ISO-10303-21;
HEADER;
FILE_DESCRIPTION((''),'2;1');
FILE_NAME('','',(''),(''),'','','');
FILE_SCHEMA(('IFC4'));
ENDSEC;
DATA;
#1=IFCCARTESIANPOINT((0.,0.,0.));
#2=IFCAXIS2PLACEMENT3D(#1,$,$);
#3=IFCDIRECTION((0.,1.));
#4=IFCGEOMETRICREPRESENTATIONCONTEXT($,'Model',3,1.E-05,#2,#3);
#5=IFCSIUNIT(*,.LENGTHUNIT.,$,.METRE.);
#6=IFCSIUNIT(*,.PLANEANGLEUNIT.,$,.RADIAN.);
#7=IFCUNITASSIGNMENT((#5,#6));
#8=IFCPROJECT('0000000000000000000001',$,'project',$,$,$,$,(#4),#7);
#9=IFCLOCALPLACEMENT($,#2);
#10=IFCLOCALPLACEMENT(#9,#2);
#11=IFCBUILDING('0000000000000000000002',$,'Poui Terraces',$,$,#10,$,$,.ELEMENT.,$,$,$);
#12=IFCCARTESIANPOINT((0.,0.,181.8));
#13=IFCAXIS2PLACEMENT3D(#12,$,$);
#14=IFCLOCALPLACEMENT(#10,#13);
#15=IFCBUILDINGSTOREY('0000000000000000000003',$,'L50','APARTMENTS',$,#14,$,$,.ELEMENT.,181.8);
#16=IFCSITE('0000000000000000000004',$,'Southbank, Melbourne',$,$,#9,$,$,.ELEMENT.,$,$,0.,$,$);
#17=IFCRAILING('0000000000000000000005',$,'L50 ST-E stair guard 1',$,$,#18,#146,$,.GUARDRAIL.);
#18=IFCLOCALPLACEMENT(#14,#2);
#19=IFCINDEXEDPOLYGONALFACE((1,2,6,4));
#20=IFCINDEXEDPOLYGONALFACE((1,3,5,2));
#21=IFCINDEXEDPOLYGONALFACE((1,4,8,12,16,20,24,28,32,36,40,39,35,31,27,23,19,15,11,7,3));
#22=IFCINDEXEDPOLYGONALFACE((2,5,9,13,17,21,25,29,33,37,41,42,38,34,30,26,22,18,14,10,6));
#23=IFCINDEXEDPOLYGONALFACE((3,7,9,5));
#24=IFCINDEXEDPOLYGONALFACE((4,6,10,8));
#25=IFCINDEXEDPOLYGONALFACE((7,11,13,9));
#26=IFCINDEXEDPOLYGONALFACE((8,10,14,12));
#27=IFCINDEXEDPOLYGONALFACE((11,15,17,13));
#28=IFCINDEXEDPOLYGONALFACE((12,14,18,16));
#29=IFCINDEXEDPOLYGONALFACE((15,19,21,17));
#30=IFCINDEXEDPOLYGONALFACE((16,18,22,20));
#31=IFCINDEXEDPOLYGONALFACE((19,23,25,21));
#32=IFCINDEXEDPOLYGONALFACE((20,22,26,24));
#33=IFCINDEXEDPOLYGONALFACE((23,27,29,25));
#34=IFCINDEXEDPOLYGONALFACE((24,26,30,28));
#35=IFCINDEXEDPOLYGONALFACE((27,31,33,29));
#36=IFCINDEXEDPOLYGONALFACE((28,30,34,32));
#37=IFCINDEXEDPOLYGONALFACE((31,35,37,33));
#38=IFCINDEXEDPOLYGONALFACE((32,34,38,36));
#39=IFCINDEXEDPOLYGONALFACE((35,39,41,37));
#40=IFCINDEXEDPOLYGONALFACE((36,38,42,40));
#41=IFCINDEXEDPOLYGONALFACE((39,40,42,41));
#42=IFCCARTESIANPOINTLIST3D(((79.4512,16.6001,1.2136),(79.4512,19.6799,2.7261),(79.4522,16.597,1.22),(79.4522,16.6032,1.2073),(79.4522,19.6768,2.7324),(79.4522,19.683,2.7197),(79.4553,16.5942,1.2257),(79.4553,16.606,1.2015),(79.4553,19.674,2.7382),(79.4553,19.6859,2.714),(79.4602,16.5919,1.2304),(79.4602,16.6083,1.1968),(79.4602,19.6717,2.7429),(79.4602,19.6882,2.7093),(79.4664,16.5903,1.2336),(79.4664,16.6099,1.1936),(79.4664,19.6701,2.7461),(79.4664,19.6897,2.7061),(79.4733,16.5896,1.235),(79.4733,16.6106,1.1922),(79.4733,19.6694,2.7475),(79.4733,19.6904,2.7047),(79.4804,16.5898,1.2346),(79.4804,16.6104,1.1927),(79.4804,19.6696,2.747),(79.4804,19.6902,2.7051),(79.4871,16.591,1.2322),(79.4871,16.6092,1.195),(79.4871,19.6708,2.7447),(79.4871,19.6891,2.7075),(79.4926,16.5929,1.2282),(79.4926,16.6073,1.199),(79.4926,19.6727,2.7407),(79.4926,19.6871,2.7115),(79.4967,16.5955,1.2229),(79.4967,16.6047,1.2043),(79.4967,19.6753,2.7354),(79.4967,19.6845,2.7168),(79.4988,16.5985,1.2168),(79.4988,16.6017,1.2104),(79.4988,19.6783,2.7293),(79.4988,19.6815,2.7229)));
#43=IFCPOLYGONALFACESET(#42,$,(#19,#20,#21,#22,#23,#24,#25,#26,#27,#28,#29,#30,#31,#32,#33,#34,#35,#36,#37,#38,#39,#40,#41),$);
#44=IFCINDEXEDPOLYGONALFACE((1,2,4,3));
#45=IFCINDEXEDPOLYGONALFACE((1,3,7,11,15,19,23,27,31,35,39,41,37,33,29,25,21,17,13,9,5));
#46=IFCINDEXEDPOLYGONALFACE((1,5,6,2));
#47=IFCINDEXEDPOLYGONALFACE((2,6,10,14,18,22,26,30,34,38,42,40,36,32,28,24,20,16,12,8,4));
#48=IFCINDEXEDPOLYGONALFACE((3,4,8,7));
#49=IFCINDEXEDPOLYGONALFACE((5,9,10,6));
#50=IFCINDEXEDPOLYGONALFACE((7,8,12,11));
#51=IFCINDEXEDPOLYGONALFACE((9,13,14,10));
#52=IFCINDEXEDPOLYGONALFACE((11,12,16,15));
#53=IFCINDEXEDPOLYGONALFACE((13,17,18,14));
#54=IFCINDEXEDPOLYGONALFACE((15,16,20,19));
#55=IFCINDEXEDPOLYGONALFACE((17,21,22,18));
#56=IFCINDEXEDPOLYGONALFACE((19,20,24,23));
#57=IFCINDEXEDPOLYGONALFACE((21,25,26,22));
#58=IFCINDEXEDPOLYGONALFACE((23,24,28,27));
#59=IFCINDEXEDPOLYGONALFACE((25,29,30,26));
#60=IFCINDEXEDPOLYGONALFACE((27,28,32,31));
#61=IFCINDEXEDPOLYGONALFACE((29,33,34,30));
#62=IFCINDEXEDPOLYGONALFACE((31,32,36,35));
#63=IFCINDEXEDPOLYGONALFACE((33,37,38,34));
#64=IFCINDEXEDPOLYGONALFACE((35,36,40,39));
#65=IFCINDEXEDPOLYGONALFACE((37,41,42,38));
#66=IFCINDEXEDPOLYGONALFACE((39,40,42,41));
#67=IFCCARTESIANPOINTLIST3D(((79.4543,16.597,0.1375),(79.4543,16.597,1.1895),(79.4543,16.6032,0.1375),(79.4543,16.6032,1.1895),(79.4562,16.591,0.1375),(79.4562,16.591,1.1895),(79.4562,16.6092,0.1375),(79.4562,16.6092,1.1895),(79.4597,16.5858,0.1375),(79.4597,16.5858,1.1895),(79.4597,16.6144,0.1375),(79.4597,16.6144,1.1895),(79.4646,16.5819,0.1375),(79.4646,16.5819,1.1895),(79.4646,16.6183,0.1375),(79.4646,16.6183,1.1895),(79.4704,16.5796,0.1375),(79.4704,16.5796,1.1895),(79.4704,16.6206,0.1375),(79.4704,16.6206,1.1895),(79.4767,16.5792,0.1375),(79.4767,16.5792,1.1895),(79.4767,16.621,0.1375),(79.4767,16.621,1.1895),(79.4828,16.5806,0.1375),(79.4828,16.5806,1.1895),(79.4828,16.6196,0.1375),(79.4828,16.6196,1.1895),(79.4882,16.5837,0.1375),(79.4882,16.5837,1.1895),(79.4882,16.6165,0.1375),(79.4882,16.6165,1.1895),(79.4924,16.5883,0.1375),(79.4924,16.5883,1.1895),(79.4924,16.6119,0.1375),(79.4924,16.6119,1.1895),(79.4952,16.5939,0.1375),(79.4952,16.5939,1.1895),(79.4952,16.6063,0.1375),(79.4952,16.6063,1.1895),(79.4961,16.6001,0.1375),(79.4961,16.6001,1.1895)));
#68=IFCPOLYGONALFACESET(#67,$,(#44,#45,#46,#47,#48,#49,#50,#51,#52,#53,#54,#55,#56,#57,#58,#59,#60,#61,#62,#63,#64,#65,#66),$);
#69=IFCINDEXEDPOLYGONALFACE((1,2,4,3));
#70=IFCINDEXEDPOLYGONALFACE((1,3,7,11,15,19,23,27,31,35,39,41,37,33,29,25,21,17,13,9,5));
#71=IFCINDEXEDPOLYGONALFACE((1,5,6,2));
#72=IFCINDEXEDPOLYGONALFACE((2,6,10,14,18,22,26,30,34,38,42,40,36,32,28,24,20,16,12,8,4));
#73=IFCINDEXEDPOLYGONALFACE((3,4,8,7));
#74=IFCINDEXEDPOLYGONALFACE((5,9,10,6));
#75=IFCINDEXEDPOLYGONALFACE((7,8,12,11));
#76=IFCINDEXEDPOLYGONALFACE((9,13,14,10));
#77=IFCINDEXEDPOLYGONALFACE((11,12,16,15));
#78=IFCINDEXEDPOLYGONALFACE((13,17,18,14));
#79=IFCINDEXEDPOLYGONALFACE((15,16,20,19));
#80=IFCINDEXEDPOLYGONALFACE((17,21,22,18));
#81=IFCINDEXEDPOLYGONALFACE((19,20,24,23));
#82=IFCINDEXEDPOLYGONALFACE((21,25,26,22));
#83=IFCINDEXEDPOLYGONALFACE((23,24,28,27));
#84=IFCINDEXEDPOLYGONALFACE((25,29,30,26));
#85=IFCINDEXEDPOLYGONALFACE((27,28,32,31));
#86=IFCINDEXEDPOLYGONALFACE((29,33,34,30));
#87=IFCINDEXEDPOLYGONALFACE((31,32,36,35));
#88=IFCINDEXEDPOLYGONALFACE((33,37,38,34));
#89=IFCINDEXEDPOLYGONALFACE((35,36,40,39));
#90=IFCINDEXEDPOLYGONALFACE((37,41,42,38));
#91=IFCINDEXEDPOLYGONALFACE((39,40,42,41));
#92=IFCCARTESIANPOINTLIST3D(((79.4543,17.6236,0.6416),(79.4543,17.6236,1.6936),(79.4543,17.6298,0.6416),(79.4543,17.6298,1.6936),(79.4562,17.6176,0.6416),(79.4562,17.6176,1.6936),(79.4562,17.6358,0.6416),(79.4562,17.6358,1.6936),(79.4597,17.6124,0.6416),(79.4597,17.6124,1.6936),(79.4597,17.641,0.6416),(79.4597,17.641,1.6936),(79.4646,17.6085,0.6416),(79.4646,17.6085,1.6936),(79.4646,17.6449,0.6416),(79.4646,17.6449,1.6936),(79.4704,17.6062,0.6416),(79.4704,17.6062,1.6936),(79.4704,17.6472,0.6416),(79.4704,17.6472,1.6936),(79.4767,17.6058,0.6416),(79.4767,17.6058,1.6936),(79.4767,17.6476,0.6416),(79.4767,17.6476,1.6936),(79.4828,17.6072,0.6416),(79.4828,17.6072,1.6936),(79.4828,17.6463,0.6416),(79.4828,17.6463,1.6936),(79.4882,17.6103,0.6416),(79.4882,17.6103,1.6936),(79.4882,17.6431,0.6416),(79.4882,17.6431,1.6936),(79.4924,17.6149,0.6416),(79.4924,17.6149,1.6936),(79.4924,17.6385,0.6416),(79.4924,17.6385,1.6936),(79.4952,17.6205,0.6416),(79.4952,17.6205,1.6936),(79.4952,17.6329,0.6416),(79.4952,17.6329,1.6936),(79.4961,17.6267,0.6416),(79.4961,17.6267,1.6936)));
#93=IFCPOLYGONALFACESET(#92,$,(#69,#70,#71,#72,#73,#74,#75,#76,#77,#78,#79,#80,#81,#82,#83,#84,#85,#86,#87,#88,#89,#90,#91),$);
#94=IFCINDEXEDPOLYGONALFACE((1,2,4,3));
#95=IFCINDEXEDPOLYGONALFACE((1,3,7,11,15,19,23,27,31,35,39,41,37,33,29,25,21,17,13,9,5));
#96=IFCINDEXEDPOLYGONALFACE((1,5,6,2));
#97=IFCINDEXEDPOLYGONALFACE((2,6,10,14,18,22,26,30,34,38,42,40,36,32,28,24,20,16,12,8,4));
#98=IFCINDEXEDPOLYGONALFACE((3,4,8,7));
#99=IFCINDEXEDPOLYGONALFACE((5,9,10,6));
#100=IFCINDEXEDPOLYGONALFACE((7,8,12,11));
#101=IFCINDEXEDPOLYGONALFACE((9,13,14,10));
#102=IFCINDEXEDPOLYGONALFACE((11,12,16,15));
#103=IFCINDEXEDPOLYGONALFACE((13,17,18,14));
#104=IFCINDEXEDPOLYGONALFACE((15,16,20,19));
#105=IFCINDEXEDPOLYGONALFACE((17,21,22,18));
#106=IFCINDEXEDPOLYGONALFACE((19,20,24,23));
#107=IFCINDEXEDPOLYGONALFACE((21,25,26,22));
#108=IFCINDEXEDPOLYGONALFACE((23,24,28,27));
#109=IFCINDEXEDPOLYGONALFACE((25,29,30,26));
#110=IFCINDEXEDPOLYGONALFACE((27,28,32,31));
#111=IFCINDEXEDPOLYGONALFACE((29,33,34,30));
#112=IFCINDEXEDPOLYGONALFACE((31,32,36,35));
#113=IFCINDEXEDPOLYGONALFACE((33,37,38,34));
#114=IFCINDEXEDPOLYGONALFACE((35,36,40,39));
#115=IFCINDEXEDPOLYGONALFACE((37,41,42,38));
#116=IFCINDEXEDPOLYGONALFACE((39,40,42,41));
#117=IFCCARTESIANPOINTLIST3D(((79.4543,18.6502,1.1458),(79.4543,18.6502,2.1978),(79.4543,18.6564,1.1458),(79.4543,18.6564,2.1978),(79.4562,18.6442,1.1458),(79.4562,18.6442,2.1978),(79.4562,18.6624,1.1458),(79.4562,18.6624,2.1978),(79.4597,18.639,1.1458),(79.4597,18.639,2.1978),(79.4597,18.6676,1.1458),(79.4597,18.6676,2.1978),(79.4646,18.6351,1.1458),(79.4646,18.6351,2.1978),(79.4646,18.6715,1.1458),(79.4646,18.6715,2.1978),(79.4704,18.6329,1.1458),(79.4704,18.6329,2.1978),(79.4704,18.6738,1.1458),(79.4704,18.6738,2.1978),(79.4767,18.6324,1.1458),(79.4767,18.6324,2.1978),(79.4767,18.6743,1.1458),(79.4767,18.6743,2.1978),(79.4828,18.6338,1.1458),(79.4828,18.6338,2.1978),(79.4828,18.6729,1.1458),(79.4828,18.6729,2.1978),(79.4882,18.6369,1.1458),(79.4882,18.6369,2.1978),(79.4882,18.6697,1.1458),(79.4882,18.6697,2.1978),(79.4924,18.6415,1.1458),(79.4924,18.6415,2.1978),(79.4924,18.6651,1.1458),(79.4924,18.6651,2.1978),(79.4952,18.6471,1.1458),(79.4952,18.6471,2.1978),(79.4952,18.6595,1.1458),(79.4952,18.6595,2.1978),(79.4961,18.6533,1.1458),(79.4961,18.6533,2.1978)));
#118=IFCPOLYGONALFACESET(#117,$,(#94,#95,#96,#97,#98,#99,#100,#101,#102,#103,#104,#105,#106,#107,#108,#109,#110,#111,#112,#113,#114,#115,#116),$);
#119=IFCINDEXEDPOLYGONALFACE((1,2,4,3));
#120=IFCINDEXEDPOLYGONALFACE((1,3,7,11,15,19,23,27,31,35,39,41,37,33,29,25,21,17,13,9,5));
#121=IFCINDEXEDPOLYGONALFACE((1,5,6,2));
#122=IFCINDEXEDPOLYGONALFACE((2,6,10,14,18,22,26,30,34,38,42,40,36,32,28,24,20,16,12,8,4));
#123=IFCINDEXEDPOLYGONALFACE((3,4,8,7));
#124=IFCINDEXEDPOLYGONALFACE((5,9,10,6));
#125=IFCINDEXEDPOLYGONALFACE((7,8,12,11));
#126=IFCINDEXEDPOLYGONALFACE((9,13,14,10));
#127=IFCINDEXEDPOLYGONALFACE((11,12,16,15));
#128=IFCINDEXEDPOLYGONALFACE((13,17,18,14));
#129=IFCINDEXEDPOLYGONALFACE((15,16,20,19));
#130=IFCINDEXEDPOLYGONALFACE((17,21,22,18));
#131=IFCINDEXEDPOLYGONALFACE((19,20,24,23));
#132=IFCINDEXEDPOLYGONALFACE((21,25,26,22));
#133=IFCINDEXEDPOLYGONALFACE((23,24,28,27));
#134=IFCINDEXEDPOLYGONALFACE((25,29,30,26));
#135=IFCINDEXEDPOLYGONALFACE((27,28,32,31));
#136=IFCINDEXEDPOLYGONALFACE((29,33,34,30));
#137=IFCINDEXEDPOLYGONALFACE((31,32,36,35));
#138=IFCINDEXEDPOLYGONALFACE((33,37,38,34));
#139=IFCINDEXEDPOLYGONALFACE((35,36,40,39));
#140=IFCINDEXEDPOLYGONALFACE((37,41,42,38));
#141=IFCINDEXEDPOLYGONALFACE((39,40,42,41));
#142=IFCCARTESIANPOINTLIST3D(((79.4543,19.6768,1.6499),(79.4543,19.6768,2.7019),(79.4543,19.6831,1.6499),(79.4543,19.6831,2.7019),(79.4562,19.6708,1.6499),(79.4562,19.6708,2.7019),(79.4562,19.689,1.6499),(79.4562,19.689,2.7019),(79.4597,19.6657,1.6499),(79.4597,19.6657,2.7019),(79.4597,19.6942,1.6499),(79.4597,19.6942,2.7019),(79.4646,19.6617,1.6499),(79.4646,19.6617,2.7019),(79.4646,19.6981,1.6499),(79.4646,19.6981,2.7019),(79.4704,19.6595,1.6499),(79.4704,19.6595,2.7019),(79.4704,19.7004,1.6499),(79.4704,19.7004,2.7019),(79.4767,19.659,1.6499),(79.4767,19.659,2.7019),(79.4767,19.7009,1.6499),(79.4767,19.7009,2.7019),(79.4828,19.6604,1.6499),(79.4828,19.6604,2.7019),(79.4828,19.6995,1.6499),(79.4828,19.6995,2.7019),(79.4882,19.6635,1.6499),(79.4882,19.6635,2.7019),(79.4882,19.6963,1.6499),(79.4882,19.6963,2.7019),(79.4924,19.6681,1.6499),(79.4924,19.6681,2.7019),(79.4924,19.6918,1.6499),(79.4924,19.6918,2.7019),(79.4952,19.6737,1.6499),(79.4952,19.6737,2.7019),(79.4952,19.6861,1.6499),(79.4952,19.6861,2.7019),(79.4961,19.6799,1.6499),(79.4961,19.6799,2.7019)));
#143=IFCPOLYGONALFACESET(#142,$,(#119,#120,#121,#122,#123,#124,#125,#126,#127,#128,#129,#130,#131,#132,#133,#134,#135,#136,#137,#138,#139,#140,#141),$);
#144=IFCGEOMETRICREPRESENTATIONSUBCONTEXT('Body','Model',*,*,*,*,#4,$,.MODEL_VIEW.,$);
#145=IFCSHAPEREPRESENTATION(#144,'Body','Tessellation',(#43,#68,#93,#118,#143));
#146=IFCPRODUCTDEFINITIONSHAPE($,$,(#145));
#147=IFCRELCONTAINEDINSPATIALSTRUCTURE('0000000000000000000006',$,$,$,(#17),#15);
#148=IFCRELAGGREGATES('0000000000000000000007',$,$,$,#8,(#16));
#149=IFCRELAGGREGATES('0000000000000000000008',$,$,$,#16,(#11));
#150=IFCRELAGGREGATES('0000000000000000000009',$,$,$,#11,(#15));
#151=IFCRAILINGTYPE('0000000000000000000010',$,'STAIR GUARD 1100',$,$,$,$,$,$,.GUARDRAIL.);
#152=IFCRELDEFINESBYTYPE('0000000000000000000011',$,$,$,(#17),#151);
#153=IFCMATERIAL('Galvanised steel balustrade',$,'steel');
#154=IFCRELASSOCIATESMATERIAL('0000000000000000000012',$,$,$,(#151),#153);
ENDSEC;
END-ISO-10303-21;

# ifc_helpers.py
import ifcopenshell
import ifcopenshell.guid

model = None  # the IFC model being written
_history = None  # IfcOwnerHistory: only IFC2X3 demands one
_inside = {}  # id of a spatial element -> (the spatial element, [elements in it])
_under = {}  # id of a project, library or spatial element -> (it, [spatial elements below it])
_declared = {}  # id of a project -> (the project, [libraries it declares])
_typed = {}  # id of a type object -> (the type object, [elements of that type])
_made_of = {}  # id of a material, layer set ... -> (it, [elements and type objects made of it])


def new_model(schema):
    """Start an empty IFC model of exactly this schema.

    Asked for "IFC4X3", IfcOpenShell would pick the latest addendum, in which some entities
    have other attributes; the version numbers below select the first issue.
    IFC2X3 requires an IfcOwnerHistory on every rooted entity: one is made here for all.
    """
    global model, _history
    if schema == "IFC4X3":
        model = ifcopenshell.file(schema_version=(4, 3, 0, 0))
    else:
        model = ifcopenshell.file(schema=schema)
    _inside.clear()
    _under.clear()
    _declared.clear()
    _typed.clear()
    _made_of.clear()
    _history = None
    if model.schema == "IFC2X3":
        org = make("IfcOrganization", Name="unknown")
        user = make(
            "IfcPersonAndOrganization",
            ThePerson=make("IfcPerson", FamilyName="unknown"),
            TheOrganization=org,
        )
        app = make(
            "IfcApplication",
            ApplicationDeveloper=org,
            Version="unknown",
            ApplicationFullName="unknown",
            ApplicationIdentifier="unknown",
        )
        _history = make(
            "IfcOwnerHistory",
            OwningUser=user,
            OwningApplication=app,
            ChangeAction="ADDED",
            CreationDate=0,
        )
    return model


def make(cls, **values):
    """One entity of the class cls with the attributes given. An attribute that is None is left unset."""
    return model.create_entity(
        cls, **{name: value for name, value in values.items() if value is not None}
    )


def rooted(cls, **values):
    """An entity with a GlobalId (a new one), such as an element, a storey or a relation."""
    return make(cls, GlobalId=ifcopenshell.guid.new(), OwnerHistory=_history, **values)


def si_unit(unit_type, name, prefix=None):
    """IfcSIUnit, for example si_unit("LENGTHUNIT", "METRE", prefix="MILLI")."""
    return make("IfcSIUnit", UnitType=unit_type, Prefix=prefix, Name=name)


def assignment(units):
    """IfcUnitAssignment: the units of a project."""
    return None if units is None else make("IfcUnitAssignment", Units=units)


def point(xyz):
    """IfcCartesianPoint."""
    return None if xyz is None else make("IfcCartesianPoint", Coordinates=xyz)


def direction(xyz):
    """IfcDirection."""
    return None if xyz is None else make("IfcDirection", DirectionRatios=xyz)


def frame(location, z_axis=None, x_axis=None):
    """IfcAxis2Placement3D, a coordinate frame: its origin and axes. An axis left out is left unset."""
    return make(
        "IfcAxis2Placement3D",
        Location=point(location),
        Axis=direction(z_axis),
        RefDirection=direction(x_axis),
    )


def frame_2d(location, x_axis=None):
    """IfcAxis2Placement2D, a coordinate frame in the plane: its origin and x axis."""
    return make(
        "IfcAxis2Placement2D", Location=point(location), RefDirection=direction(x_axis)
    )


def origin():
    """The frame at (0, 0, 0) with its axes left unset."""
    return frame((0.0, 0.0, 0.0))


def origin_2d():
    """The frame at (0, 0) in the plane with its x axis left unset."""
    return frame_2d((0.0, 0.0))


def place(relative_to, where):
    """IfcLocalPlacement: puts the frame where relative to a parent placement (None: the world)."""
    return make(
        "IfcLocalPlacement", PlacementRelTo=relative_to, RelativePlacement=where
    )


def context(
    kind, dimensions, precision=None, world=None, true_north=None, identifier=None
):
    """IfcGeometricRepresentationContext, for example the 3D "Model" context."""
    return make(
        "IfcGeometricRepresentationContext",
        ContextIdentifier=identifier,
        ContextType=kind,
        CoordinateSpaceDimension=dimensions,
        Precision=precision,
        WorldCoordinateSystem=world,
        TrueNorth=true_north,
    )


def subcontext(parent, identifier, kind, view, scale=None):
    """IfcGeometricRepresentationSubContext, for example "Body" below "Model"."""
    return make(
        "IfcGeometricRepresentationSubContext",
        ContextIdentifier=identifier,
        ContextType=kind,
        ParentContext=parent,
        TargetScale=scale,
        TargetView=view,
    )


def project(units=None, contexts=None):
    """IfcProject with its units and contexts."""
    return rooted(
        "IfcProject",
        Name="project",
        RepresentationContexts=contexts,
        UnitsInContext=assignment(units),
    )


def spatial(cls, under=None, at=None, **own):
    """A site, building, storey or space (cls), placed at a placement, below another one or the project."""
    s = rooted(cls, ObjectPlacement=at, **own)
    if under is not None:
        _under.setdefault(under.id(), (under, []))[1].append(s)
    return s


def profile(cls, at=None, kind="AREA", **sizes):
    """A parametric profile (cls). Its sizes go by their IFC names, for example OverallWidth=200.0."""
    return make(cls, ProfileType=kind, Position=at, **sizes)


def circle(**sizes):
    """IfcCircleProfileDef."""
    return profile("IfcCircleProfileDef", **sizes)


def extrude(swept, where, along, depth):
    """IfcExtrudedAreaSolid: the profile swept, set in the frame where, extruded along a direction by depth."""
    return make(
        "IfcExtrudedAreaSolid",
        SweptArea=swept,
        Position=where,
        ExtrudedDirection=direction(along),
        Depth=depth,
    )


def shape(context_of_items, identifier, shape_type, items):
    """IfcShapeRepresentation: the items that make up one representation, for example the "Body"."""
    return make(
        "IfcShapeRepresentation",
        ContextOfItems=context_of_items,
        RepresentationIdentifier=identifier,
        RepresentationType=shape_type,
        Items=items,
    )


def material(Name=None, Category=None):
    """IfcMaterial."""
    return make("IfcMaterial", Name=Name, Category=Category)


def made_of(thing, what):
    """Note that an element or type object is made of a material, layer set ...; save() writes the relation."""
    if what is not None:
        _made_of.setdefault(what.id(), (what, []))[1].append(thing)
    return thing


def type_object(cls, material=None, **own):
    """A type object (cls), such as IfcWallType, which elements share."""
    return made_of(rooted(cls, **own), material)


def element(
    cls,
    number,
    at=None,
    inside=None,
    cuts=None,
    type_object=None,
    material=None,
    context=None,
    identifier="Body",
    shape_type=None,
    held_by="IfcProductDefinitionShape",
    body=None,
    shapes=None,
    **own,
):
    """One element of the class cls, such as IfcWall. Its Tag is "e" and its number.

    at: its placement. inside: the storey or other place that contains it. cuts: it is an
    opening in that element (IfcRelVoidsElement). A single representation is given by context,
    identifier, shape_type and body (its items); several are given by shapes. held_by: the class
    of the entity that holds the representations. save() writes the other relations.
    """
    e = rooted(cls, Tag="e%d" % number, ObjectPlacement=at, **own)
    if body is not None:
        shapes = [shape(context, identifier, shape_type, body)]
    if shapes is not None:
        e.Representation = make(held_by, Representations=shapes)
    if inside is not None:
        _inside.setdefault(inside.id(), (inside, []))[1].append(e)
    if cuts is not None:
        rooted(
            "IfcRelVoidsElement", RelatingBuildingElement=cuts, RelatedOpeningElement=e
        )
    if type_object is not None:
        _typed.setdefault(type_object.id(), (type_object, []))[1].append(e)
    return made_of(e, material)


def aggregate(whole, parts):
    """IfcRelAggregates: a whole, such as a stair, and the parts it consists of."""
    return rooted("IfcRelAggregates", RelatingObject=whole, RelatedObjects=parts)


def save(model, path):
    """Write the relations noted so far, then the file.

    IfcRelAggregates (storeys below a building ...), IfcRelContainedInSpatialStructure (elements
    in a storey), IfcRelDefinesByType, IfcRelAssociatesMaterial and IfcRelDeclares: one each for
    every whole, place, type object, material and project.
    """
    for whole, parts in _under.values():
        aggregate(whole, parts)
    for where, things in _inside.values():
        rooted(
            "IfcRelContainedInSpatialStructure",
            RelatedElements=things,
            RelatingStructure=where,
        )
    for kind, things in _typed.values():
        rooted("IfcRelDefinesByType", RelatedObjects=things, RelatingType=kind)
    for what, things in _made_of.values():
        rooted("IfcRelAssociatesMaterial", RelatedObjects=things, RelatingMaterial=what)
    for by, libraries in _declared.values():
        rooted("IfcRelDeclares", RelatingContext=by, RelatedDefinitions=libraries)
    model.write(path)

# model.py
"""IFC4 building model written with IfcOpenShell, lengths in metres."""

from ifc_helpers import new_model, si_unit, direction, frame, origin, origin_2d, place, context, subcontext, project, spatial, circle, extrude, material, type_object, element, save


model = new_model("IFC4")

# Units and contexts
model_context = context("Model", 3, precision=1e-05, world=origin(), true_north=direction((0.0, 1.0)))
body_context = subcontext(model_context, "Body", "Model", "MODEL_VIEW")
ifc_project = project(units=[si_unit("LENGTHUNIT", "METRE"), si_unit("PLANEANGLEUNIT", "RADIAN")], contexts=[model_context])

# Site, building, storey
site_placement = place(None, origin())
site = spatial("IfcSite", under=ifc_project, at=site_placement, Name="Southbank, Melbourne", CompositionType="ELEMENT", RefElevation=0.0)
building_placement = place(site_placement, origin())
building = spatial("IfcBuilding", under=site, at=building_placement, Name="Poui Terraces", CompositionType="ELEMENT")
storey_placement = place(building_placement, frame((0.0, 0.0, 181.8)))
storey = spatial("IfcBuildingStorey", under=building, at=storey_placement, Name="L50", Description="APARTMENTS", CompositionType="ELEMENT", Elevation=181.8)

# Railing
ifc_material_1 = material(Name="Galvanised steel balustrade", Category="steel")
railing_type_1 = type_object("IfcRailingType", Name="STAIR GUARD 1100", PredefinedType="GUARDRAIL", material=ifc_material_1)
railing_1_placement = place(storey_placement, frame((79.4751, 16.6001, 0.1375)))
element("IfcRailing", 1, at=railing_1_placement, inside=storey, type_object=railing_type_1, Name="L50 ST-E stair guard 1", PredefinedType="GUARDRAIL", context=body_context, shape_type="SweptSolid", body=[
    extrude(circle(Radius=0.0239, at=origin_2d()), frame((0.0, 0.0, 1.0762), z_axis=(0.0, 0.897606, 0.440798), x_axis=(-1.0, 0.0, 0.0)), (0.0, 0.0, 1.0), 3.4312),
    extrude(circle(Radius=0.021, at=origin_2d()), origin(), (0.0, 0.0, 1.0), 1.052),
    extrude(circle(Radius=0.021, at=origin_2d()), frame((0.0, 1.0266, 0.5042)), (0.0, 0.0, 1.0), 1.052),
    extrude(circle(Radius=0.021, at=origin_2d()), frame((0.0, 2.0532, 1.0083)), (0.0, 0.0, 1.0), 1.052),
    extrude(circle(Radius=0.021, at=origin_2d()), frame((0.0, 3.0798, 1.5125)), (0.0, 0.0, 1.0), 1.052),
])

save(model, "model.ifc")
